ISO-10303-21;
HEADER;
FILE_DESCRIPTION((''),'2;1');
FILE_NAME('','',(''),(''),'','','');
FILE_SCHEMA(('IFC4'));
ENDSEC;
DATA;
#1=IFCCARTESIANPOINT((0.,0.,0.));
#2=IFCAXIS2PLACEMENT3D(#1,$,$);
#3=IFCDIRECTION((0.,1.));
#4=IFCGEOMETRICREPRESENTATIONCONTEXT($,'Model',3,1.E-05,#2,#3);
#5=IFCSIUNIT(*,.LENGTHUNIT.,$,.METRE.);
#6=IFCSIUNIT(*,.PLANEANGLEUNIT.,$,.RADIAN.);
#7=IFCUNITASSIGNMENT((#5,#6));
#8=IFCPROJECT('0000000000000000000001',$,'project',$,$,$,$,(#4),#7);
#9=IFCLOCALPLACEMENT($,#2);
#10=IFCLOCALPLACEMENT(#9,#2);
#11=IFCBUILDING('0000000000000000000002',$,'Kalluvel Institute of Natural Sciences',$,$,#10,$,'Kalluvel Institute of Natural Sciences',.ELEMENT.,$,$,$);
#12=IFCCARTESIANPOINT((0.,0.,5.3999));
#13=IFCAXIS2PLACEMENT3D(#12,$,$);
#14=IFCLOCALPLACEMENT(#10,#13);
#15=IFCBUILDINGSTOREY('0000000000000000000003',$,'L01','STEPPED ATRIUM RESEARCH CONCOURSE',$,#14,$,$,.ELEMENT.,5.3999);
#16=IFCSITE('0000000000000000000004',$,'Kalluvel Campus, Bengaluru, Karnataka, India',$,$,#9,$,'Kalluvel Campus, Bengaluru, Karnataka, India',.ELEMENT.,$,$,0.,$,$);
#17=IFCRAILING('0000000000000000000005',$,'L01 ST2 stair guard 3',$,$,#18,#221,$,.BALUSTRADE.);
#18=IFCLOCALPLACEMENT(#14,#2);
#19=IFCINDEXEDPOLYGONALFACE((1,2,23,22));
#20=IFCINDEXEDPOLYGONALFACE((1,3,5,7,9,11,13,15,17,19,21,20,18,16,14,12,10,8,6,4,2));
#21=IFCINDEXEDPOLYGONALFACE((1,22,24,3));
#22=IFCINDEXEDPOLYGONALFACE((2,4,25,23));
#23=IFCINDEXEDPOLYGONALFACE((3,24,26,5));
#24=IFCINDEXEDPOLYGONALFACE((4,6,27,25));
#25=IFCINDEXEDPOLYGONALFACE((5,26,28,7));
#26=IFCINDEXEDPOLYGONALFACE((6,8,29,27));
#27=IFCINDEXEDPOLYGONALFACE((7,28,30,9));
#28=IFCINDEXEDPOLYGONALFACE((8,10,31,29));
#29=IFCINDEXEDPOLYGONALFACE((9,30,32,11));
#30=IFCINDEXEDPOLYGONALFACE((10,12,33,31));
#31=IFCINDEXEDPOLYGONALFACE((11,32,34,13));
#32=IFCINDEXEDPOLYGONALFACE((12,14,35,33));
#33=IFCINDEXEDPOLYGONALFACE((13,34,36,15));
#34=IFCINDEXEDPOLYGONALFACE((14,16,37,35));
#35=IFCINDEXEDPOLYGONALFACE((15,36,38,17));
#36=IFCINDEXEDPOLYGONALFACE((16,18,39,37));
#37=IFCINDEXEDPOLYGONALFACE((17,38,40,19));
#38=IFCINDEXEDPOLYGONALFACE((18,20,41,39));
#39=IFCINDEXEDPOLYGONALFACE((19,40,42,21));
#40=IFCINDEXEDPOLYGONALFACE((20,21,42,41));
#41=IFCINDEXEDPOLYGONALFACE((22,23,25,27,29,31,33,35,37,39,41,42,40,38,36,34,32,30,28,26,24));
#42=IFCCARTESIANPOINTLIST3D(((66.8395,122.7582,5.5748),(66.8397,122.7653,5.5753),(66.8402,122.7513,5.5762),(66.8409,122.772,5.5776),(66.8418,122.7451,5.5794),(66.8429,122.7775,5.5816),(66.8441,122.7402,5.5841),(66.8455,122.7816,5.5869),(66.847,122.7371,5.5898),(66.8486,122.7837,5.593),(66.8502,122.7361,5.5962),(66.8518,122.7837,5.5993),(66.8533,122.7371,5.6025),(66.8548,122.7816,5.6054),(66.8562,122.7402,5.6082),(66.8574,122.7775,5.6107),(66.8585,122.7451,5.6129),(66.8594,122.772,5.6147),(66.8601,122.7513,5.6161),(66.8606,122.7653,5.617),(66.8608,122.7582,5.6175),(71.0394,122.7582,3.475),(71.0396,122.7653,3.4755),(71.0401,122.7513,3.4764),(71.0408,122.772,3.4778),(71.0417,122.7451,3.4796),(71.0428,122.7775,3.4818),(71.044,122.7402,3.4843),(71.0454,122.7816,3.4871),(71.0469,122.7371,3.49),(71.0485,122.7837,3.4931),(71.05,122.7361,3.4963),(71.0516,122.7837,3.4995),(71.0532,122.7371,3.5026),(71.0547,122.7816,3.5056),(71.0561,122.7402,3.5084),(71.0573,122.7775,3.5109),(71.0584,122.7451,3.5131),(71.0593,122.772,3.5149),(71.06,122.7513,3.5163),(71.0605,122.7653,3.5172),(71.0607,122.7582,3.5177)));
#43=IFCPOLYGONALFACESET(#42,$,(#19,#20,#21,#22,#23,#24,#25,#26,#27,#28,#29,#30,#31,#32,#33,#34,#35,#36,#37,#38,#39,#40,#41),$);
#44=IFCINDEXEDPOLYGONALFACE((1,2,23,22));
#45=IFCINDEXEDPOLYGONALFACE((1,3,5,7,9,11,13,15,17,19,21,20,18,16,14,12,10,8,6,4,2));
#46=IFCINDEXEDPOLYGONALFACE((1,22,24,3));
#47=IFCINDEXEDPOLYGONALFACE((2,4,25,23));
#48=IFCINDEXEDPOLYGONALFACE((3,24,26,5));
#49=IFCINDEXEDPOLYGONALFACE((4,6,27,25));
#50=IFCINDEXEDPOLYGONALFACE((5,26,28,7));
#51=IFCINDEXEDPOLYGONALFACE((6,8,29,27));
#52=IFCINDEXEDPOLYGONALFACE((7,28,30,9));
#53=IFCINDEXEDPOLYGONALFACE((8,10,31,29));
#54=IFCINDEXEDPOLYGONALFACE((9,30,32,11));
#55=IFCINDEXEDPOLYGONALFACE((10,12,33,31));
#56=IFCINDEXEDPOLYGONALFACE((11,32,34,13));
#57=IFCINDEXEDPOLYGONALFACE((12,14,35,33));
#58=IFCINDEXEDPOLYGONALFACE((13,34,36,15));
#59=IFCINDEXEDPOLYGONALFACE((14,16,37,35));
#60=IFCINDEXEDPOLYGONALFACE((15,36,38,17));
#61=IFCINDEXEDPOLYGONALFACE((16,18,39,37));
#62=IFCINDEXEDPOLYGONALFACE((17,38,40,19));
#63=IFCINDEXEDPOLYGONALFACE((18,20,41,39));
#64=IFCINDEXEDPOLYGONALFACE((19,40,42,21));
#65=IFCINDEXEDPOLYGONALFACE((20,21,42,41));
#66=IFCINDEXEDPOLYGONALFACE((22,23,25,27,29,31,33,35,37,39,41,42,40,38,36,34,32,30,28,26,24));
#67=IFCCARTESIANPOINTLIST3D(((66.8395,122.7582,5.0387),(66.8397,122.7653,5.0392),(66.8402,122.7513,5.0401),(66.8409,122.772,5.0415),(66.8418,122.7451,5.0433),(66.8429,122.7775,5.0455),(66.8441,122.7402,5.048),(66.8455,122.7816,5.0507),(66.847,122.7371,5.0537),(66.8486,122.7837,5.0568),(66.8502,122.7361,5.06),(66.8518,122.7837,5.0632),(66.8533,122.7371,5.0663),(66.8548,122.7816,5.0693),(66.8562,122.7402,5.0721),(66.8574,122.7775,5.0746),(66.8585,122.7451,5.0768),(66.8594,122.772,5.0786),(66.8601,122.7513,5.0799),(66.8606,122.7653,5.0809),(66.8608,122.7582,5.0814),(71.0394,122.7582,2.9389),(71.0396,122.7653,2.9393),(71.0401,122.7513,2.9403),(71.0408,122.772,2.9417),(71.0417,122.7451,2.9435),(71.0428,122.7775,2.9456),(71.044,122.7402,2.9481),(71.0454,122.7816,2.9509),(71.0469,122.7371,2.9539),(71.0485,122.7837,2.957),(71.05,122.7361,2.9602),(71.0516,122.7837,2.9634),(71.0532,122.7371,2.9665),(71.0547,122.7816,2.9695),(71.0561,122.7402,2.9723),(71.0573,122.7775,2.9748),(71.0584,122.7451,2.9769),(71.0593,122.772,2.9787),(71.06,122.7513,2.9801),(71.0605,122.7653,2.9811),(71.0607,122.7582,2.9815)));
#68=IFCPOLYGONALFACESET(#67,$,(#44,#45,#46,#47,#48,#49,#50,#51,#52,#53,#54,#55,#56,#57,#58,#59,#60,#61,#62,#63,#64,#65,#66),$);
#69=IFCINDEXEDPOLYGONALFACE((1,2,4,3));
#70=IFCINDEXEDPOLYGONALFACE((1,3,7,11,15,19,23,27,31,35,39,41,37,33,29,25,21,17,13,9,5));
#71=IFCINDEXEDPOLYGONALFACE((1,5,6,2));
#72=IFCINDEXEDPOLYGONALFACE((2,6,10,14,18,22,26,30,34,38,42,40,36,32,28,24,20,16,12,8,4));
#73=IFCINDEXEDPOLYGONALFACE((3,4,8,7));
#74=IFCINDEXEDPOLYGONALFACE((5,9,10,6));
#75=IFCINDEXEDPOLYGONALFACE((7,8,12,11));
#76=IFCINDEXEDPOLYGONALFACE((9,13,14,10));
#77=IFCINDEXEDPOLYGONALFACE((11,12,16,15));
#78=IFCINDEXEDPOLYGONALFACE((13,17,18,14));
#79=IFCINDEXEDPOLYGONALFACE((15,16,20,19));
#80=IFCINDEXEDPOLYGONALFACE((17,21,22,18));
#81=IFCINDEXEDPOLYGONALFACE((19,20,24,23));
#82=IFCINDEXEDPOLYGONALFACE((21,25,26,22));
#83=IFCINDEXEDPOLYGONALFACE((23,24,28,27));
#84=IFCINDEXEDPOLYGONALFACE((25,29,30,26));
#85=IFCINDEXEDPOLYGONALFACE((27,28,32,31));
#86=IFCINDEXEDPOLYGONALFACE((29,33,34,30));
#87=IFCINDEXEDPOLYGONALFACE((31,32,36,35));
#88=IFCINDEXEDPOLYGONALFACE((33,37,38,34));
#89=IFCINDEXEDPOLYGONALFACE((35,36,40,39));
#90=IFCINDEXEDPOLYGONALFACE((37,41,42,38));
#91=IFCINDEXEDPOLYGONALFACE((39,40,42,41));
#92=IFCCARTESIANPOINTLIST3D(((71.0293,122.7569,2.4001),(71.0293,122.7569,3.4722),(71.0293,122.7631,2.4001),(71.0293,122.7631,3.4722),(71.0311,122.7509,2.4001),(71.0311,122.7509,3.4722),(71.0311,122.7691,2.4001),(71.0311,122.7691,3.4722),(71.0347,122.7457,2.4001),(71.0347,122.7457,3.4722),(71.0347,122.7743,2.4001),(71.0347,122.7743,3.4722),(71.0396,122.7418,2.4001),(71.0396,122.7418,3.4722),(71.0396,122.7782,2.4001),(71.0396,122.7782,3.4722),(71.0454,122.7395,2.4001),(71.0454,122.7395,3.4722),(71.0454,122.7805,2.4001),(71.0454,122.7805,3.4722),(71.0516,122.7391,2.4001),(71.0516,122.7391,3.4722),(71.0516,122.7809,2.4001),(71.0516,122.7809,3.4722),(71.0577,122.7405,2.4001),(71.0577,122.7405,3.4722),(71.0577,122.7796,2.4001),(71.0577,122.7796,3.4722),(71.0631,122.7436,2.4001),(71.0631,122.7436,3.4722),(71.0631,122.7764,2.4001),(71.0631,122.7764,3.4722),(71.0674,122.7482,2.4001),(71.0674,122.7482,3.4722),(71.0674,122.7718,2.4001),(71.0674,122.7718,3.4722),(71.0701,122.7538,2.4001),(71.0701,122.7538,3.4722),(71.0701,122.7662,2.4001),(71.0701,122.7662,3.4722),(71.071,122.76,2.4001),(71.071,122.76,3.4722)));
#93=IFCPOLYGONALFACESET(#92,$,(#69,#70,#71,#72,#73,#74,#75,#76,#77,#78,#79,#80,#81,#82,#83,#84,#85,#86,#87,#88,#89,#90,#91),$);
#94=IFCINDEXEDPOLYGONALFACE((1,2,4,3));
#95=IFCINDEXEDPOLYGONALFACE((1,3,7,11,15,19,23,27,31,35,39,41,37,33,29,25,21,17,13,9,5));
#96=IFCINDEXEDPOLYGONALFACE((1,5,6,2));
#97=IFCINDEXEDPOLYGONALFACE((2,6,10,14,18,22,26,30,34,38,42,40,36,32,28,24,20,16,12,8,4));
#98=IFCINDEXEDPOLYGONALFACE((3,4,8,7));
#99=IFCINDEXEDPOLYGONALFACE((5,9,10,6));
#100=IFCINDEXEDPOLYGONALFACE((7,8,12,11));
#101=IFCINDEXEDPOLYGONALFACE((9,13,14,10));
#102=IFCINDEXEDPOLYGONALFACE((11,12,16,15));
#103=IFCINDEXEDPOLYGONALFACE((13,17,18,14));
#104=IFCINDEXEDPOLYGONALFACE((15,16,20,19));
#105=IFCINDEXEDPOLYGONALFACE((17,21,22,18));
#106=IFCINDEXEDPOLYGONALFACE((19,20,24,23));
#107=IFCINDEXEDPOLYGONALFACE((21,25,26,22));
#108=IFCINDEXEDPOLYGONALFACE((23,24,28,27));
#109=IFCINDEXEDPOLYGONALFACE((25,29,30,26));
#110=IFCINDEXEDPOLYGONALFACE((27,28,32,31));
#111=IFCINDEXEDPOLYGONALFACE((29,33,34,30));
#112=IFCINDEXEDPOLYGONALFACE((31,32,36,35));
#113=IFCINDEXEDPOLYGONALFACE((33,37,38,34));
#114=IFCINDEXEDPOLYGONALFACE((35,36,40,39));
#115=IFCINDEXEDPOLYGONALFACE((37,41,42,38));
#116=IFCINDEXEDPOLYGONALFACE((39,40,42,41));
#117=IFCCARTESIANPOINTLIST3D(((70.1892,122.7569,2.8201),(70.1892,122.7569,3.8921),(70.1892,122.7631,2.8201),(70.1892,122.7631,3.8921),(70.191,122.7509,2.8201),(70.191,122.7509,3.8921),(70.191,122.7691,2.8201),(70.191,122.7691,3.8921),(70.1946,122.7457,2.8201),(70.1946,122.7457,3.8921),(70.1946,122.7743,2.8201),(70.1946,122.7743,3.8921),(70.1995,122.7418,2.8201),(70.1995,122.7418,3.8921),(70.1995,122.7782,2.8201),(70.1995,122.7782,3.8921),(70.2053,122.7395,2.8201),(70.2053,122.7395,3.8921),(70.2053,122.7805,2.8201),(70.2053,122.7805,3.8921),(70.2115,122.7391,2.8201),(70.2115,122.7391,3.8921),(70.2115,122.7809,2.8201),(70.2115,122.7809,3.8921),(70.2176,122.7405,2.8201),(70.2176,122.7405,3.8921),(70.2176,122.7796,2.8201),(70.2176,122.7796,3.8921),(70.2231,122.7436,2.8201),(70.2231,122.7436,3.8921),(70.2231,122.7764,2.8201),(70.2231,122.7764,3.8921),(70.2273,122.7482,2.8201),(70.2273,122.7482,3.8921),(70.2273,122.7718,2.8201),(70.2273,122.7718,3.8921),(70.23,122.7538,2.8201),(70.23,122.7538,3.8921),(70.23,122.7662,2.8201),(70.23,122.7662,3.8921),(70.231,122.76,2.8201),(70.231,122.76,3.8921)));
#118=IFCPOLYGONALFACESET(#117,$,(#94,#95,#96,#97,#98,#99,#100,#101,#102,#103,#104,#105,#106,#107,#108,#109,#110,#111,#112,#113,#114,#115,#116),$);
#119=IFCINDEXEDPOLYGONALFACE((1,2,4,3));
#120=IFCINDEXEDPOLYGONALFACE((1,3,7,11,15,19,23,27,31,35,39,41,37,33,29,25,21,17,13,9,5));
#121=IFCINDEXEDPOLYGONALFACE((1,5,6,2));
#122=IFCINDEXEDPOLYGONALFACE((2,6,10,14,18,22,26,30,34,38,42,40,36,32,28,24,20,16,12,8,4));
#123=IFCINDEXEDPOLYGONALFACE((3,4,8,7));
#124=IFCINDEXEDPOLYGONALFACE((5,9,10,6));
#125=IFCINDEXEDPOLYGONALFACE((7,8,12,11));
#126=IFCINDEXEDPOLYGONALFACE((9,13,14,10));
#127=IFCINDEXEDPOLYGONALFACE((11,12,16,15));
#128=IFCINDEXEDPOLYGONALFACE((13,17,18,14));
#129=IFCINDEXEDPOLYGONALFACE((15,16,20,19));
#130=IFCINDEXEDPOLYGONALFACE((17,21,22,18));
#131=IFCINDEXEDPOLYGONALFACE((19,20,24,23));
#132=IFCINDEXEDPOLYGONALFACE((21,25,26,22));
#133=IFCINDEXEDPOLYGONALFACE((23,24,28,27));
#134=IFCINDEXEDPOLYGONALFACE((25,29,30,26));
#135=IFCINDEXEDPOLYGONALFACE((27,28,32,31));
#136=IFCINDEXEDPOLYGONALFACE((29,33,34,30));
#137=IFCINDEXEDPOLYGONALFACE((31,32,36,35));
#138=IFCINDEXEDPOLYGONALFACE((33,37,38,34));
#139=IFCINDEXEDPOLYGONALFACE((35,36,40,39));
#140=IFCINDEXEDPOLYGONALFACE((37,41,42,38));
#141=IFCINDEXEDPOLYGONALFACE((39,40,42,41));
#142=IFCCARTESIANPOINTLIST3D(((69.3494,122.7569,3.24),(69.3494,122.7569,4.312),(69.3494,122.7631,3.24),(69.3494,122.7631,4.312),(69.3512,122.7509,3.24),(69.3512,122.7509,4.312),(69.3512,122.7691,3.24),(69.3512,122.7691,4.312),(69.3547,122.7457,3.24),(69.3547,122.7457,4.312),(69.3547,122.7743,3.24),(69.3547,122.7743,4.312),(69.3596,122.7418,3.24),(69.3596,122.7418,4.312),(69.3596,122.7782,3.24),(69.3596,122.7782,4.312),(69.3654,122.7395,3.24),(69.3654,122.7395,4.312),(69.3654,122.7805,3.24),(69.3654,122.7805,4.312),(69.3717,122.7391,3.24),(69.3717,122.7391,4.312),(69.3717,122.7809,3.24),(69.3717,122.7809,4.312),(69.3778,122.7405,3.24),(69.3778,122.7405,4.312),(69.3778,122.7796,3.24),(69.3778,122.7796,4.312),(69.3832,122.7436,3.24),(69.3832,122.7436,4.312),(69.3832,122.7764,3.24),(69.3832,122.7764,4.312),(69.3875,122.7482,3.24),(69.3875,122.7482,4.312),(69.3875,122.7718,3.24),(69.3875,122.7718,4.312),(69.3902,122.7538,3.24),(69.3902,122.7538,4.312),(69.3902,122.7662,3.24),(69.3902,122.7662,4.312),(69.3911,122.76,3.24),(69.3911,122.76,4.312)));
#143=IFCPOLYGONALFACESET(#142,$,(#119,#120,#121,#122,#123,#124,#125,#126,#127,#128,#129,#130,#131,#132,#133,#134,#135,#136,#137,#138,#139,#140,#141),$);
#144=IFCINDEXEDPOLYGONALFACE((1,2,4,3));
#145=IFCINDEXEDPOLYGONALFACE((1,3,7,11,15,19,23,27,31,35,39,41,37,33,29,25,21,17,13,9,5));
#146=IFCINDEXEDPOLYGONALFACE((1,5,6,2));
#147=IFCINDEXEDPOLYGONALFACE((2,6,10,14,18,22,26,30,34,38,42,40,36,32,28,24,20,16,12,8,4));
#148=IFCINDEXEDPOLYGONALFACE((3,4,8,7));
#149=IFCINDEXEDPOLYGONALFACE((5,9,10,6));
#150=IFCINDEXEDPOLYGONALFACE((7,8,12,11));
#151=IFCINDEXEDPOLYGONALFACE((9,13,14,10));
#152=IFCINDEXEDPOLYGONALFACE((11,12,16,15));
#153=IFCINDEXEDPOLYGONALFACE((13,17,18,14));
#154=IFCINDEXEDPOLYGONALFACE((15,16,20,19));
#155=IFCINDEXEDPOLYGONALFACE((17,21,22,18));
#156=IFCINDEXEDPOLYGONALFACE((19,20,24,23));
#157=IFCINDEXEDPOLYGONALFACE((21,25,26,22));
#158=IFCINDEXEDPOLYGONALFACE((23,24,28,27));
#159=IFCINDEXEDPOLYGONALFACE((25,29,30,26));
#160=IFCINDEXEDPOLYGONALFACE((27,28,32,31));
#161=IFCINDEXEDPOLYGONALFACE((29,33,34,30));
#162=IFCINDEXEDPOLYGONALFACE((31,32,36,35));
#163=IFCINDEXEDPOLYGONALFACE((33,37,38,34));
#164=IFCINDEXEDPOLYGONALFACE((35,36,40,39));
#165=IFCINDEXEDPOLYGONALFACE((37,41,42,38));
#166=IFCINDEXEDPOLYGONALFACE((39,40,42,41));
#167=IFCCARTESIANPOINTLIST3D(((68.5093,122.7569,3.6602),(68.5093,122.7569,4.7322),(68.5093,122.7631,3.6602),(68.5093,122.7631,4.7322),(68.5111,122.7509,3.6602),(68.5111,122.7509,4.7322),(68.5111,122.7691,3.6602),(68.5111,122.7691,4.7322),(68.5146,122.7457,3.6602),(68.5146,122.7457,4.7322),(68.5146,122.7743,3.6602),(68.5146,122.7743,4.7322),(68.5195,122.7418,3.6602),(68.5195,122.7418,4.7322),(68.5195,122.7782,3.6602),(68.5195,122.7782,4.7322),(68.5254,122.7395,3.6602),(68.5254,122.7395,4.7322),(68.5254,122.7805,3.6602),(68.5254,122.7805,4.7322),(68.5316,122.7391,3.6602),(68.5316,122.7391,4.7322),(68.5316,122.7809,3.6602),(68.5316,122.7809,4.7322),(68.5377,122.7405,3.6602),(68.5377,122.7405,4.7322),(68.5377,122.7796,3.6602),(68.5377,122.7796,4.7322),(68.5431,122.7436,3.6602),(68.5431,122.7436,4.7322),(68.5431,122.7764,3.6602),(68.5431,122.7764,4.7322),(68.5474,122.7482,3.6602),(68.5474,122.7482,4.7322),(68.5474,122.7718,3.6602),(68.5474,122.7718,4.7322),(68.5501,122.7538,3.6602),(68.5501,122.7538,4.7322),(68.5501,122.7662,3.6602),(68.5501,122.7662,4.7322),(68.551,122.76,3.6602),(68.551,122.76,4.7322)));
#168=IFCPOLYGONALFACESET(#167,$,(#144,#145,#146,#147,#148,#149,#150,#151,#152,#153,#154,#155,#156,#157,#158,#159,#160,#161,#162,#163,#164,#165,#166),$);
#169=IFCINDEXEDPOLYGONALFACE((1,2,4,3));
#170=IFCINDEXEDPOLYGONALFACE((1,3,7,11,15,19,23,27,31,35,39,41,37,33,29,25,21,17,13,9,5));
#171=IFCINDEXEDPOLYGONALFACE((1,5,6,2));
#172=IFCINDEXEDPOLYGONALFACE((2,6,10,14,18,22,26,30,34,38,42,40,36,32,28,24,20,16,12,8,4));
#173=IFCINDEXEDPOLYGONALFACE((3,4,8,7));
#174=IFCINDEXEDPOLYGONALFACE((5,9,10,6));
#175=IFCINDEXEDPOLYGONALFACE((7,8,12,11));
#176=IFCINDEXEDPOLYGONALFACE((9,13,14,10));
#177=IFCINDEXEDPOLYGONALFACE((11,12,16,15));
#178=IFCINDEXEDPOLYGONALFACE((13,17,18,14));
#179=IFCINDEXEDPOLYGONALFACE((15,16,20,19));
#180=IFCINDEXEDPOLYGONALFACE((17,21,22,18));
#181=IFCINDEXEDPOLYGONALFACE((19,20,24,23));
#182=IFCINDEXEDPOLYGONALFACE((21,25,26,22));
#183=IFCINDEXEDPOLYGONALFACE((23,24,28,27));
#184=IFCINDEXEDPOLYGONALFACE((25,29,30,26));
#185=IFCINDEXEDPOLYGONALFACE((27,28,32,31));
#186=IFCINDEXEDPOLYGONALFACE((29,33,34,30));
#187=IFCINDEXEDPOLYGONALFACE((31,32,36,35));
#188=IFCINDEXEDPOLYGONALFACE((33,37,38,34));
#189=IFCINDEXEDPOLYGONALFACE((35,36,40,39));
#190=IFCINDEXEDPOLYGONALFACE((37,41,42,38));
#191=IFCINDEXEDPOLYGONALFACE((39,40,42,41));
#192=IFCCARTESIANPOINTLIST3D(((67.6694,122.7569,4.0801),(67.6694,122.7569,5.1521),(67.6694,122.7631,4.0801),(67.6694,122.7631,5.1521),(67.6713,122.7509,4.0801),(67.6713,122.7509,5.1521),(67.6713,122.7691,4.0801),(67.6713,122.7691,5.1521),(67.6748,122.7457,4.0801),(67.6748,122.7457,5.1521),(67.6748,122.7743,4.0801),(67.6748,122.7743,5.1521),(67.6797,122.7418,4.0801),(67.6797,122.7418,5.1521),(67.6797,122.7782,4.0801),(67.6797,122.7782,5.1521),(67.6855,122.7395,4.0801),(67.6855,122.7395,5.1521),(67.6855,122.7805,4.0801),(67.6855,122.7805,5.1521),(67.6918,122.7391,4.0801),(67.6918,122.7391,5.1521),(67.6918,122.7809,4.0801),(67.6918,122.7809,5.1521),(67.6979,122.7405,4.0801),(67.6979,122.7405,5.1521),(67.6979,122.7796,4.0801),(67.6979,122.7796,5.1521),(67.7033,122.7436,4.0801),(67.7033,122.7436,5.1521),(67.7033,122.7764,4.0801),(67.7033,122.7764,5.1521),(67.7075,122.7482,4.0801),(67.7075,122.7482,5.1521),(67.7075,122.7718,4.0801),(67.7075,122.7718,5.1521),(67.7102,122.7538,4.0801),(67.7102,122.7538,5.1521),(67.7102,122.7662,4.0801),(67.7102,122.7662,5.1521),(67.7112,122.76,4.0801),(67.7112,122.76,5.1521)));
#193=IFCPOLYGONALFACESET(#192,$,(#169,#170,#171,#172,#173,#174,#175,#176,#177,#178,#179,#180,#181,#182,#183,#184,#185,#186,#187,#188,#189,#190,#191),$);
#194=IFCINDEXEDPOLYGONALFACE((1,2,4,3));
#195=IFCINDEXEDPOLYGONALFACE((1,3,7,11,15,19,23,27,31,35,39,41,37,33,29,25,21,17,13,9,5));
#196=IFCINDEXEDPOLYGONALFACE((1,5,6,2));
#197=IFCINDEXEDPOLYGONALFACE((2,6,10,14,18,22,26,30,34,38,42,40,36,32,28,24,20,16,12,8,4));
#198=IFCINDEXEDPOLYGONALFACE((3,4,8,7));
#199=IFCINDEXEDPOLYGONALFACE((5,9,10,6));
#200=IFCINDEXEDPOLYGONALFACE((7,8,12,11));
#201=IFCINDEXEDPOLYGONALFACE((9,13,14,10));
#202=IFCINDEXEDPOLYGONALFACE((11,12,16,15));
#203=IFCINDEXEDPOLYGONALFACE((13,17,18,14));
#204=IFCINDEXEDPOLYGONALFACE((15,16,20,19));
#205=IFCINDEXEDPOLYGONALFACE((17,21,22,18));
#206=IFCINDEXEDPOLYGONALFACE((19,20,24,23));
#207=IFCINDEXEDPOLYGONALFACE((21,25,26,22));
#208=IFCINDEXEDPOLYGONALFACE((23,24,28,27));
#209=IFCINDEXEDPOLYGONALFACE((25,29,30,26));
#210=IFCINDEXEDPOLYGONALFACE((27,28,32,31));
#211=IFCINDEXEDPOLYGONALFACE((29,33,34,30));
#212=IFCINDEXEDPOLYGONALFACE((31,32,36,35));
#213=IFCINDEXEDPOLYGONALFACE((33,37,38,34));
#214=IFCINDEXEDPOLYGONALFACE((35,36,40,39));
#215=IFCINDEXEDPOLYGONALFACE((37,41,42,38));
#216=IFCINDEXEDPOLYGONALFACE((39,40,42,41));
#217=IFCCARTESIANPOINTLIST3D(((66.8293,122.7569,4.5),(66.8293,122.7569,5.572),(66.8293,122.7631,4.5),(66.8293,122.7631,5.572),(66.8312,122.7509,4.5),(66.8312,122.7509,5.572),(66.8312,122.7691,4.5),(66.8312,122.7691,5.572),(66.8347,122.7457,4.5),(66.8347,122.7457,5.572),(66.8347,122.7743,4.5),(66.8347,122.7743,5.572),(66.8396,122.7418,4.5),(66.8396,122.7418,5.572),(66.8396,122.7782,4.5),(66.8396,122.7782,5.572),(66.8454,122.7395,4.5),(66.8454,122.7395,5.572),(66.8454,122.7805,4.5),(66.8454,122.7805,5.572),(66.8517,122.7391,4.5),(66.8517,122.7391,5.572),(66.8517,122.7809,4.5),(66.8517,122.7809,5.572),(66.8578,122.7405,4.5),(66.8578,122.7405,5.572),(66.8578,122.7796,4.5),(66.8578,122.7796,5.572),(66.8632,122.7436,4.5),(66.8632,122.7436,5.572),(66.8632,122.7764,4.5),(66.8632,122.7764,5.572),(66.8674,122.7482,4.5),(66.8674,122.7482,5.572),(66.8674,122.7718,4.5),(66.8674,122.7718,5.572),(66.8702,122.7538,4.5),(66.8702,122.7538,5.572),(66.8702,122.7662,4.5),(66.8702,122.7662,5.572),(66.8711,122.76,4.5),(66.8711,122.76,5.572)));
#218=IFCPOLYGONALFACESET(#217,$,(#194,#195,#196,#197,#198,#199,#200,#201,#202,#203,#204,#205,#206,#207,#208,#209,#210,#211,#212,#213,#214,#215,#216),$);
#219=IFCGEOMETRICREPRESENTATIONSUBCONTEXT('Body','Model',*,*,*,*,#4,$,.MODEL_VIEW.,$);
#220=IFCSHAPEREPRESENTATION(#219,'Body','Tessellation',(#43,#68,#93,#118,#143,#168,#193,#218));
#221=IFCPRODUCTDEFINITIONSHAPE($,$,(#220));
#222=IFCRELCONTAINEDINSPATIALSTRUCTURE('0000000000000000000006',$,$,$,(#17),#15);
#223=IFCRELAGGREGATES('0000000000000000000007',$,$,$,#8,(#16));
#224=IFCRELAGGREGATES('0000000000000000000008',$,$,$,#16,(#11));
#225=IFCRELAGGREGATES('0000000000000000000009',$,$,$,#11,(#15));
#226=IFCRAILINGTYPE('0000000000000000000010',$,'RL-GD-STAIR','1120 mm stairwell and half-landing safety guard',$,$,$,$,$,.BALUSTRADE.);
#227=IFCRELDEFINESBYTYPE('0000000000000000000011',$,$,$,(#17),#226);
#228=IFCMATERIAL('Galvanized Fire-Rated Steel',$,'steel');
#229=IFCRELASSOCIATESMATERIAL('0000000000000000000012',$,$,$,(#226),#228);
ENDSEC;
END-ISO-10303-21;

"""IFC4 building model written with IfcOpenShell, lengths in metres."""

from ifc_helpers import new_model, si_unit, direction, frame, origin, origin_2d, place, context, subcontext, project, spatial, circle, extrude, material, type_object, element, save


model = new_model("IFC4")

# Units and contexts
model_context = context("Model", 3, precision=1e-05, world=origin(), true_north=direction((0.0, 1.0)))
body_context = subcontext(model_context, "Body", "Model", "MODEL_VIEW")
ifc_project = project(units=[si_unit("LENGTHUNIT", "METRE"), si_unit("PLANEANGLEUNIT", "RADIAN")], contexts=[model_context])

# Site, building, storey
site_placement = place(None, origin())
site = spatial("IfcSite", under=ifc_project, at=site_placement, Name="Kalluvel Campus, Bengaluru, Karnataka, India", LongName="Kalluvel Campus, Bengaluru, Karnataka, India", CompositionType="ELEMENT", RefElevation=0.0)
building_placement = place(site_placement, origin())
building = spatial("IfcBuilding", under=site, at=building_placement, Name="Kalluvel Institute of Natural Sciences", LongName="Kalluvel Institute of Natural Sciences", CompositionType="ELEMENT")
storey_placement = place(building_placement, frame((0.0, 0.0, 5.3999)))
storey = spatial("IfcBuildingStorey", under=building, at=storey_placement, Name="L01", Description="STEPPED ATRIUM RESEARCH CONCOURSE", CompositionType="ELEMENT", Elevation=5.3999)

# Shared definitions
ifc_material_1 = material(Name="Galvanized Fire-Rated Steel", Category="steel")

# Railing
railing_type_1 = type_object("IfcRailingType", Name="RL-GD-STAIR", Description="1120 mm stairwell and half-landing safety guard", PredefinedType="BALUSTRADE", material=ifc_material_1)
railing_1_placement = place(storey_placement, frame((71.05, 122.76, 2.4001)))
element("IfcRailing", 1, at=railing_1_placement, inside=storey, type_object=railing_type_1, Name="L01 ST2 stair guard 3", PredefinedType="BALUSTRADE", context=body_context, shape_type="SweptSolid", body=[
    extrude(circle(Radius=0.0239, at=origin_2d()), frame((0.0, 0.0, 1.0962), z_axis=(-0.894438, 0.0, 0.447193), x_axis=(0.0, -1.0, 0.0)), (0.0, 0.0, 1.0), 4.6956),
    extrude(circle(Radius=0.0239, at=origin_2d()), frame((0.0, 0.0, 0.5601), z_axis=(-0.894438, 0.0, 0.447193), x_axis=(0.0, -1.0, 0.0)), (0.0, 0.0, 1.0), 4.6956),
    extrude(circle(Radius=0.021, at=origin_2d()), origin(), (0.0, 0.0, 1.0), 1.072),
    extrude(circle(Radius=0.021, at=origin_2d()), frame((-0.8401, 0.0, 0.4199)), (0.0, 0.0, 1.0), 1.072),
    extrude(circle(Radius=0.021, at=origin_2d()), frame((-1.6799, 0.0, 0.8398)), (0.0, 0.0, 1.0), 1.072),
    extrude(circle(Radius=0.021, at=origin_2d()), frame((-2.52, 0.0, 1.26)), (0.0, 0.0, 1.0), 1.072),
    extrude(circle(Radius=0.021, at=origin_2d()), frame((-3.3599, 0.0, 1.6799)), (0.0, 0.0, 1.0), 1.072),
    extrude(circle(Radius=0.021, at=origin_2d()), frame((-4.2, 0.0, 2.0999)), (0.0, 0.0, 1.0), 1.072),
])

save(model, "model.ifc")
